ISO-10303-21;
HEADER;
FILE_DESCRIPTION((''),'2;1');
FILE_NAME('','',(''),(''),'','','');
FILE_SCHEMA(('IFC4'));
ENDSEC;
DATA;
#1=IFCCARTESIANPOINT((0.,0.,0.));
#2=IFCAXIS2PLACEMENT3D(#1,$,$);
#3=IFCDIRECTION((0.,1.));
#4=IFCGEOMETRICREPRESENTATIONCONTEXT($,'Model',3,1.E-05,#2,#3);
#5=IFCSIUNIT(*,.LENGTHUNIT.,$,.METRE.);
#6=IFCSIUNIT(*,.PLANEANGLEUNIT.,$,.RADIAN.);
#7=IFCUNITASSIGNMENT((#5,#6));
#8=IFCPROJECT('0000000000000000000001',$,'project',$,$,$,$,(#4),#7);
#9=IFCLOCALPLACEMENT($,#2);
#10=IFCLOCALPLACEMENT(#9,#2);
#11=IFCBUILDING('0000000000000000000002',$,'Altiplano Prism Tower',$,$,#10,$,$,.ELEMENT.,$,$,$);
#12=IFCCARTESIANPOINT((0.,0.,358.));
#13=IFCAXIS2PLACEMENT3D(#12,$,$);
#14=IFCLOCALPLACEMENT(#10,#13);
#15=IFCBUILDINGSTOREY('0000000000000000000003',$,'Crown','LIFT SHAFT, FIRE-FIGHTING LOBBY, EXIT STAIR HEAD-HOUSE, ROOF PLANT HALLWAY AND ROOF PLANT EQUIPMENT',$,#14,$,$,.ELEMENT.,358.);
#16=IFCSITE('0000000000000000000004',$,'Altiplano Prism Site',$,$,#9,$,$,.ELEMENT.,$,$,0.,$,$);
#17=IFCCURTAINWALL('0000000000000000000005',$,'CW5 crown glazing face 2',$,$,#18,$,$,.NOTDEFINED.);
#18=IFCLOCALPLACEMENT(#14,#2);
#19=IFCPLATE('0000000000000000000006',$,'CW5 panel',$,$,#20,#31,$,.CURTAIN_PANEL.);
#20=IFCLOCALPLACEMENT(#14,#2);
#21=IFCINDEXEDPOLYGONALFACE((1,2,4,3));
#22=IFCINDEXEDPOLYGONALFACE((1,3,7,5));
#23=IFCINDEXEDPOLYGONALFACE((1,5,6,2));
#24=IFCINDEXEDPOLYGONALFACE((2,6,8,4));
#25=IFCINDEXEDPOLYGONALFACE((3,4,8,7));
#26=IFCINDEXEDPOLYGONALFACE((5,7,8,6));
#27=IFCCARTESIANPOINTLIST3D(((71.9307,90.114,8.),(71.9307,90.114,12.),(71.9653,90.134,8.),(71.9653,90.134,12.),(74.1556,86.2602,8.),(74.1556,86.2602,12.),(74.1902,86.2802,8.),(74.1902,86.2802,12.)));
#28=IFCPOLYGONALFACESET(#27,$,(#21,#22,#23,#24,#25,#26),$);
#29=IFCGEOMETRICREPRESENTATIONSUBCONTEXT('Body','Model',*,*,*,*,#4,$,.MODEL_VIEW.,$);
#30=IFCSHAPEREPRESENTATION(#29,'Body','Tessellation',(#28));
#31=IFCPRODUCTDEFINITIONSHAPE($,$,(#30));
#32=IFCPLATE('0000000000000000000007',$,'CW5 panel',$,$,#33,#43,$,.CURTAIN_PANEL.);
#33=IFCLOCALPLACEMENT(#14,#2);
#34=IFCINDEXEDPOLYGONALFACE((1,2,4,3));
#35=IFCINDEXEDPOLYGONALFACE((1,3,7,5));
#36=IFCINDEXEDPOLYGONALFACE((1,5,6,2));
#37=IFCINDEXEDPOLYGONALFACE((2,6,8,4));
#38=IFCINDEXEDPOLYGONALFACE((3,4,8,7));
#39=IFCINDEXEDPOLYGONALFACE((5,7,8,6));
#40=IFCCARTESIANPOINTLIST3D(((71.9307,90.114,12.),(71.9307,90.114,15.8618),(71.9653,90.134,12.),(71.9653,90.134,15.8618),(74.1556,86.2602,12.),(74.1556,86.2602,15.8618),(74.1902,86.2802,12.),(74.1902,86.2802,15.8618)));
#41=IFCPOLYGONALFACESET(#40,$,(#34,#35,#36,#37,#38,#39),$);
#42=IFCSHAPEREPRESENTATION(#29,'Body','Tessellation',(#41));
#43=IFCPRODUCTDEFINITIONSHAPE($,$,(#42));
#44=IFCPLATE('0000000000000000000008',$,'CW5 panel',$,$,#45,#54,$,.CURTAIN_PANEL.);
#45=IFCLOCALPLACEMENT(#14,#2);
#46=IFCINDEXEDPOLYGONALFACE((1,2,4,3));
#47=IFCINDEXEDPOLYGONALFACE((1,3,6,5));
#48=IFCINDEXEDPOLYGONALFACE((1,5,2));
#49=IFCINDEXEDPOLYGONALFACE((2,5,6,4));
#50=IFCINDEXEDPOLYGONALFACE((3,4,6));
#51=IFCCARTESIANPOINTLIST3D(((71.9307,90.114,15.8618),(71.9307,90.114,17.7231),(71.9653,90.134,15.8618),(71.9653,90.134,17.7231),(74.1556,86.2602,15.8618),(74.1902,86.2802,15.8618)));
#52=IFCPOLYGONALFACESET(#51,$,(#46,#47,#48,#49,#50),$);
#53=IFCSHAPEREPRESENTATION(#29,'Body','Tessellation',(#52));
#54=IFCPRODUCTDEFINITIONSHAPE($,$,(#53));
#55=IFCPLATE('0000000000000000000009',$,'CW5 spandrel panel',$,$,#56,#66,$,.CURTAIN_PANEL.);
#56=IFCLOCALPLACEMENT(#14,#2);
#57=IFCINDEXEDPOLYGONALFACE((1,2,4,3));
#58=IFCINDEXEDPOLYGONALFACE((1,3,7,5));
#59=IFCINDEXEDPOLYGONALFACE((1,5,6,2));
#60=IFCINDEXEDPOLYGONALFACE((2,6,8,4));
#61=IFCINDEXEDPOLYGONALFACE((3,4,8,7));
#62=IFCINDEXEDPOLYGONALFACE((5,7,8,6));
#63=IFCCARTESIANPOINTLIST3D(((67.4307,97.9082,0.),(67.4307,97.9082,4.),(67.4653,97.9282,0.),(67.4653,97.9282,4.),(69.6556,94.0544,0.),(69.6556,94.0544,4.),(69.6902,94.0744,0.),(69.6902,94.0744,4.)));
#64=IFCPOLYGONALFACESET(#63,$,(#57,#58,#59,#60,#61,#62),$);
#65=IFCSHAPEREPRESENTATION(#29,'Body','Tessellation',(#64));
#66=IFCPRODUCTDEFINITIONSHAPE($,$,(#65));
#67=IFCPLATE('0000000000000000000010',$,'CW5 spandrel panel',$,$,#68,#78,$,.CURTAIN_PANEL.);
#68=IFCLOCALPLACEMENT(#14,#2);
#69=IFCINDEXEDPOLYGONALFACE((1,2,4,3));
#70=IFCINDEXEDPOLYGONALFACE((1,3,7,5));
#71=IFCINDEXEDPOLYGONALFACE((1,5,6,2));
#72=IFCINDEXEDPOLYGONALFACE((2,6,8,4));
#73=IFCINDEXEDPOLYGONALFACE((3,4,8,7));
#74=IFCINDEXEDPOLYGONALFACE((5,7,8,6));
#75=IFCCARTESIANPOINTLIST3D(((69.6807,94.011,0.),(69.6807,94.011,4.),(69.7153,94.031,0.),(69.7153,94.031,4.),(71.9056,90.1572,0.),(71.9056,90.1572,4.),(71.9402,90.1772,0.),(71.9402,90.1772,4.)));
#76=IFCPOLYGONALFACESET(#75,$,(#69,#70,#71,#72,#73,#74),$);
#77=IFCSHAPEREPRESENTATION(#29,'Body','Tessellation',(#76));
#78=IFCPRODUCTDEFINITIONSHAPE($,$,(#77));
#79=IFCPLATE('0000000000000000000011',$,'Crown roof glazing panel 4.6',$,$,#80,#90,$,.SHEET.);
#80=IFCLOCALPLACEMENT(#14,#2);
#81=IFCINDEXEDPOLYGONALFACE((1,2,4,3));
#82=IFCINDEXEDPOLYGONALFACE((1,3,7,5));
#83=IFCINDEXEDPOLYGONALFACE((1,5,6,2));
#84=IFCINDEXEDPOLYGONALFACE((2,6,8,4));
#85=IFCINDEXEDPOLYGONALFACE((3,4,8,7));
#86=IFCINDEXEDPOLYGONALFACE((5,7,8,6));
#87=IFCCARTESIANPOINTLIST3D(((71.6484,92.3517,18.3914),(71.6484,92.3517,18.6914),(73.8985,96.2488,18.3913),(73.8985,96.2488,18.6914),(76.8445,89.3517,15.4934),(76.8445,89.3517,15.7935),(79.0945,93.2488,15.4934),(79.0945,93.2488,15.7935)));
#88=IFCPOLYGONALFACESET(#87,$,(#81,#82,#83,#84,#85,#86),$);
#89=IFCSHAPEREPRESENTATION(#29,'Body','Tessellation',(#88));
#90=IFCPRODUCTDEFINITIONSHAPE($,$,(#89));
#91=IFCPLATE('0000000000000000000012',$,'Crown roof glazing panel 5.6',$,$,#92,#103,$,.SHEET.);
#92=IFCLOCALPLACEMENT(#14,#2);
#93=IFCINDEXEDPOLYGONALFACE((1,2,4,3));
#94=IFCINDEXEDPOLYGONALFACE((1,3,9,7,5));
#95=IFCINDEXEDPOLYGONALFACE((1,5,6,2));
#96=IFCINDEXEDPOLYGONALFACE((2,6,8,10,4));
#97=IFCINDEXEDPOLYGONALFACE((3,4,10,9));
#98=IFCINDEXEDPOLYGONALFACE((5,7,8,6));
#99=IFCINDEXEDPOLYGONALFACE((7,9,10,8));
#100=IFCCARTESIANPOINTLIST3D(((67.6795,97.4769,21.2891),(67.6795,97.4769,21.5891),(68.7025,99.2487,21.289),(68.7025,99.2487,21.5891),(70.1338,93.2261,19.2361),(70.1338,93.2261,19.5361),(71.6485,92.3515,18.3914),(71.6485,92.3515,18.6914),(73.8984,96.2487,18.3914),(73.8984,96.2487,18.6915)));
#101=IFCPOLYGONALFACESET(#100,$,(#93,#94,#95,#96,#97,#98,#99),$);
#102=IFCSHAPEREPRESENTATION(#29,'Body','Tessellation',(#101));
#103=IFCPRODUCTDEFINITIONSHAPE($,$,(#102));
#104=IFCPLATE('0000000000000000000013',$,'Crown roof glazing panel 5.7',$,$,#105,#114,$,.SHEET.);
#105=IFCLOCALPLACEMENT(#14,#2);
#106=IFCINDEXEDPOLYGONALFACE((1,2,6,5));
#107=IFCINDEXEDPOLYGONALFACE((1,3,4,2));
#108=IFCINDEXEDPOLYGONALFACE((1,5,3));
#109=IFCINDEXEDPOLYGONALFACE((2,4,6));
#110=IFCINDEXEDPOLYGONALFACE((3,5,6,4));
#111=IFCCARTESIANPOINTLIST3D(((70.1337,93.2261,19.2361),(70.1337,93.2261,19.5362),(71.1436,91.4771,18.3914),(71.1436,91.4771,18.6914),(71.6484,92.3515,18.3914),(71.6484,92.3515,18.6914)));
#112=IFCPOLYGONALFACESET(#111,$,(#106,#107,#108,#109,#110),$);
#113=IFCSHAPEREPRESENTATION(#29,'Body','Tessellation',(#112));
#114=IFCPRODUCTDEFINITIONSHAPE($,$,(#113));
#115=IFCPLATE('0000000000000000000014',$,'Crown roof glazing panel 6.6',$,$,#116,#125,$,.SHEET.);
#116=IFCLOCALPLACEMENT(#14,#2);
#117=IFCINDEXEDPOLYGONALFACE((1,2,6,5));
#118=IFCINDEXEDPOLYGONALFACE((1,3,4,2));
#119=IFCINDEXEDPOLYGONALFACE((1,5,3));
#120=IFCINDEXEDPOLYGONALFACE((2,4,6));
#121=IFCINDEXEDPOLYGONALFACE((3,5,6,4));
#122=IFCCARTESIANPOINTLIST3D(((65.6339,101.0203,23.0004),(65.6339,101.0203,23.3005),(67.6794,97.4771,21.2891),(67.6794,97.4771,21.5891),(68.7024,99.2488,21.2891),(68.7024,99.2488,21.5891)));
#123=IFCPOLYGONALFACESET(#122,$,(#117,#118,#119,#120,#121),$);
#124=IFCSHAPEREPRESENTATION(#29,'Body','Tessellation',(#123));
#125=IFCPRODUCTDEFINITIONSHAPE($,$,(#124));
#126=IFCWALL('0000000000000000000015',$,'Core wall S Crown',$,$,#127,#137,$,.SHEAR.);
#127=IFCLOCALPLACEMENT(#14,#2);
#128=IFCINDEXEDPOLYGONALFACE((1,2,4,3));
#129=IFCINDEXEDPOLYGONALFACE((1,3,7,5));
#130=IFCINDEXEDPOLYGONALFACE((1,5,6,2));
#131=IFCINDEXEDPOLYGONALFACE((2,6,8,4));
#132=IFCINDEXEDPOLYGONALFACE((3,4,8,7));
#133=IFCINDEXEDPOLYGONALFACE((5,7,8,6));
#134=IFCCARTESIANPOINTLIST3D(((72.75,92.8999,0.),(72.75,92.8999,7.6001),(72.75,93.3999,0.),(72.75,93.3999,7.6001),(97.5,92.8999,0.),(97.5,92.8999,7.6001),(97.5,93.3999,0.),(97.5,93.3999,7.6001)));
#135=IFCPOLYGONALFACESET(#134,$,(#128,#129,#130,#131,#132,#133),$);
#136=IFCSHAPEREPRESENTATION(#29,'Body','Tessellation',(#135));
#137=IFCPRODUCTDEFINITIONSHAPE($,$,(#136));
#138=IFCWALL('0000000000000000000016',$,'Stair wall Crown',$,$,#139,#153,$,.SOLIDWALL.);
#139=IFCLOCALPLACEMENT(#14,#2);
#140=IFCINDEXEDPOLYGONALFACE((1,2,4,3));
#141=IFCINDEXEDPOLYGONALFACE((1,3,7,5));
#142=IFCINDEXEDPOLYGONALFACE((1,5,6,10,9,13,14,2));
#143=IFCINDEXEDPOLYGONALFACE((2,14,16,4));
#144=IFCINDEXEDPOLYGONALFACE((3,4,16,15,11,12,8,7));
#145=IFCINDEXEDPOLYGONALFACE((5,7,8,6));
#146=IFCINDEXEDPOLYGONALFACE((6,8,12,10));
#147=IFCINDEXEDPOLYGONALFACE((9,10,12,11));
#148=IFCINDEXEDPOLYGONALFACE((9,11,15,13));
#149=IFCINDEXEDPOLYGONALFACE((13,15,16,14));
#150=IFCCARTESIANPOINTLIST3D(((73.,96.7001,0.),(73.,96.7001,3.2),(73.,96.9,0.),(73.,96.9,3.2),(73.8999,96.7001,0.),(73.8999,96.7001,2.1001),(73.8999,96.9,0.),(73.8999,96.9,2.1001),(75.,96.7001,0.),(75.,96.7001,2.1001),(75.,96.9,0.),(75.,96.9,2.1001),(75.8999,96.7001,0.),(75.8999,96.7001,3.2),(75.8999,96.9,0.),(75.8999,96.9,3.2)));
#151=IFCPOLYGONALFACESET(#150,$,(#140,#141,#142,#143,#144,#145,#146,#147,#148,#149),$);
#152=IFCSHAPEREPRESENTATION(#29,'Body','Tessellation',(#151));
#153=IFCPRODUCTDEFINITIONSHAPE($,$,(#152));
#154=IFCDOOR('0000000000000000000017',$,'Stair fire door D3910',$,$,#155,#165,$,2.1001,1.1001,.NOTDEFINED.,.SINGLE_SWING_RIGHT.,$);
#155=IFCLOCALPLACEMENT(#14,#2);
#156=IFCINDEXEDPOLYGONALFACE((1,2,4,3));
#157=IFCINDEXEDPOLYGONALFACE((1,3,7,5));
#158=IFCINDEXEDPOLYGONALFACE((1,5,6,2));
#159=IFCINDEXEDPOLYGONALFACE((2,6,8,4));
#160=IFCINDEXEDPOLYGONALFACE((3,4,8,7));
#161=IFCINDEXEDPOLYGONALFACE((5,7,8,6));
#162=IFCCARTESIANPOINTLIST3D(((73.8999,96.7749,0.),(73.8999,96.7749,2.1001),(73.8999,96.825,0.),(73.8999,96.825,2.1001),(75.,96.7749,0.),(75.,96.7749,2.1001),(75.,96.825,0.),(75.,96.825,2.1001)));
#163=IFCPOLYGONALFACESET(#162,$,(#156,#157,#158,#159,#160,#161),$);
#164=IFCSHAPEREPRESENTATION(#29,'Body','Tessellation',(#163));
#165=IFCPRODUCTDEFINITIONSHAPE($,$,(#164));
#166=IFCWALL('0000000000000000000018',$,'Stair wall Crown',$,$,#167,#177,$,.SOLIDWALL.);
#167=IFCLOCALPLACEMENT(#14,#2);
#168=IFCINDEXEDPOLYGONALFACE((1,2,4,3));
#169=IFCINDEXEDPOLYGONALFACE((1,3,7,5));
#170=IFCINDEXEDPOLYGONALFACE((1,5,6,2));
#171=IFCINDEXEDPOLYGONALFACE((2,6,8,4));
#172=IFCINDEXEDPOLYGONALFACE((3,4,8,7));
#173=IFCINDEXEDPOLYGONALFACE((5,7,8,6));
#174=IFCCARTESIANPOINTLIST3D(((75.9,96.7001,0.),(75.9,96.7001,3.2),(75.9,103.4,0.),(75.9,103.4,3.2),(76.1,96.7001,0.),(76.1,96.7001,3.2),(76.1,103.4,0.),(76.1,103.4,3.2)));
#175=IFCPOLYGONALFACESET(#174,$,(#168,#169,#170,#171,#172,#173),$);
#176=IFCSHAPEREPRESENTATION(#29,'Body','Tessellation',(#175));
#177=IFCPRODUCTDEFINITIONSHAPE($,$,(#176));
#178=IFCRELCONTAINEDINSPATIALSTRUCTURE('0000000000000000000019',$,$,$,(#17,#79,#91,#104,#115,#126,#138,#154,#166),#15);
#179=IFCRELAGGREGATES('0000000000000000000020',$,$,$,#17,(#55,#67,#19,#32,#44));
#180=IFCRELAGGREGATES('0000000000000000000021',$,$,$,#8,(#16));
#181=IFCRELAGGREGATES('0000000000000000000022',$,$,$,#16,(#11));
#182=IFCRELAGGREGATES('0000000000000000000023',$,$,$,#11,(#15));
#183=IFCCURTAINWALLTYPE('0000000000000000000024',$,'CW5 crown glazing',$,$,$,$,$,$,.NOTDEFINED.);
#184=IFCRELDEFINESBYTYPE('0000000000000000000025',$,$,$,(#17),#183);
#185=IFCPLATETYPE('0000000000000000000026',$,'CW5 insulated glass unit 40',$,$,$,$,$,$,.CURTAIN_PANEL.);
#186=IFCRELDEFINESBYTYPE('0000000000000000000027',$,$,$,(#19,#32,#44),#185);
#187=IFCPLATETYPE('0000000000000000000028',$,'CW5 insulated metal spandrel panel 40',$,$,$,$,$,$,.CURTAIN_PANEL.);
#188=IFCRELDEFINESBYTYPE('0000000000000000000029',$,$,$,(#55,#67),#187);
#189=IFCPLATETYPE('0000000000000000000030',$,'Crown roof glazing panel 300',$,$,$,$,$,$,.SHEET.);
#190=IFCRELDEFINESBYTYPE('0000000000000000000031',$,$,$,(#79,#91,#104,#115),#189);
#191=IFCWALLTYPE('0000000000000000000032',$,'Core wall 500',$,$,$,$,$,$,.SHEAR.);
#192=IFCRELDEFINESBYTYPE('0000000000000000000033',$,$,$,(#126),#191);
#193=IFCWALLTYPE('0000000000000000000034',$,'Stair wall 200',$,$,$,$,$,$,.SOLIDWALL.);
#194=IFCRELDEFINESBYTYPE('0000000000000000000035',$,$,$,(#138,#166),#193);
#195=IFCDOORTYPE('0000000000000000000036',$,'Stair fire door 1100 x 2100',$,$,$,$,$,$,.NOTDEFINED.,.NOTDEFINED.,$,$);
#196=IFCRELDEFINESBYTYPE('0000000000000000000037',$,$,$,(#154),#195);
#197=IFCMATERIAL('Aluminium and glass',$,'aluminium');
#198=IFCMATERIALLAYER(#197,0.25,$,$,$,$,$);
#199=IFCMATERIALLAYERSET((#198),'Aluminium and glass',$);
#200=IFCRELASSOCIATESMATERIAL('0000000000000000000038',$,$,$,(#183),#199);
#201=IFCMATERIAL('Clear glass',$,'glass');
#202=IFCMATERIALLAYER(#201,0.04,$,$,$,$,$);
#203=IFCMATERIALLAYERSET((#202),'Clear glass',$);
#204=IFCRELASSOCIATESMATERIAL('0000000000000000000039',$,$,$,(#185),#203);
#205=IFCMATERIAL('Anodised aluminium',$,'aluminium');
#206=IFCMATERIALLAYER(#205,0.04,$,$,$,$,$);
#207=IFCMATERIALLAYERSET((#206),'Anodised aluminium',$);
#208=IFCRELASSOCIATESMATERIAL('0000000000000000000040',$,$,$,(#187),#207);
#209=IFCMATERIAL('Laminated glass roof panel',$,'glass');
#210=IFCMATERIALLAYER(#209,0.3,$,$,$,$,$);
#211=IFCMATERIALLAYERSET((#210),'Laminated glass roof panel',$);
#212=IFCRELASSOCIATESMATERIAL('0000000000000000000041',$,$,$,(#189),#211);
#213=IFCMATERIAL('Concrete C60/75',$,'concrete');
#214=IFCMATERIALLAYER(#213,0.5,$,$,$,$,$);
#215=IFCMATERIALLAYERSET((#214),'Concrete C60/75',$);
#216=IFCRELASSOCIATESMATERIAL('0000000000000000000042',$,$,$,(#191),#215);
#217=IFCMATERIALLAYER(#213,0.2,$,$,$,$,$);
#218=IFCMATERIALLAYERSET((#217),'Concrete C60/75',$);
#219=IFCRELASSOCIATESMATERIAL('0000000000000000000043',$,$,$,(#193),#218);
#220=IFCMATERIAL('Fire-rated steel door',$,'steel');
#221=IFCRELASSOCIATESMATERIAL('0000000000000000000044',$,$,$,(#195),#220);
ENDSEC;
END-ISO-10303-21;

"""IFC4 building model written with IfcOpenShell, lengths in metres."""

from ifc_helpers import new_model, si_unit, direction, frame, frame_2d, origin, place, context, subcontext, project, spatial, polyline, rectangle, outline, extrude, material, layer, layer_set, type_object, element, fill, aggregate, save


model = new_model("IFC4")

# Units and contexts
model_context = context("Model", 3, precision=1e-05, world=origin(), true_north=direction((0.0, 1.0)))
body_context = subcontext(model_context, "Body", "Model", "MODEL_VIEW")
ifc_project = project(units=[si_unit("LENGTHUNIT", "METRE"), si_unit("PLANEANGLEUNIT", "RADIAN")], contexts=[model_context])

# Site, building, storey
site_placement = place(None, origin())
site = spatial("IfcSite", under=ifc_project, at=site_placement, Name="Altiplano Prism Site", CompositionType="ELEMENT", RefElevation=0.0)
building_placement = place(site_placement, origin())
building = spatial("IfcBuilding", under=site, at=building_placement, Name="Altiplano Prism Tower", CompositionType="ELEMENT")
storey_placement = place(building_placement, frame((0.0, 0.0, 358.0)))
storey = spatial("IfcBuildingStorey", under=building, at=storey_placement, Name="Crown", Description="LIFT SHAFT, FIRE-FIGHTING LOBBY, EXIT STAIR HEAD-HOUSE, ROOF PLANT HALLWAY AND ROOF PLANT EQUIPMENT", CompositionType="ELEMENT", Elevation=358.0)

# Curtain wall
ifc_material_1 = material(Name="Aluminium and glass", Category="aluminium")
ifc_layer_1 = layer(ifc_material_1, 0.25)
ifc_layer_set_1 = layer_set([ifc_layer_1], Name="Aluminium and glass")
curtain_wall_type = type_object("IfcCurtainWallType", Name="CW5 crown glazing", PredefinedType="NOTDEFINED", material=ifc_layer_set_1)
curtain_wall_placement = place(storey_placement, origin())
curtain_wall = element("IfcCurtainWall", 1, at=curtain_wall_placement, inside=storey, type_object=curtain_wall_type, Name="CW5 crown glazing face 2", PredefinedType="NOTDEFINED")

# Plates
ifc_material_2 = material(Name="Clear glass", Category="glass")
ifc_layer_2 = layer(ifc_material_2, 0.04)
ifc_layer_set_2 = layer_set([ifc_layer_2], Name="Clear glass")
plate_type_1 = type_object("IfcPlateType", Name="CW5 insulated glass unit 40", PredefinedType="CURTAIN_PANEL", material=ifc_layer_set_2)
plate_1_placement = place(storey_placement, frame((71.9307, 90.114, 8.0), z_axis=(-0.866037, -0.49998, 0.0), x_axis=(0.49998, -0.866037, 0.0)))
plate_1 = element("IfcPlate", 2, at=plate_1_placement, type_object=plate_type_1, Name="CW5 panel", PredefinedType="CURTAIN_PANEL", context=body_context, shape_type="SweptSolid", body=[
    extrude(outline(polyline([(0.0, 0.0), (4.45, 0.0), (4.45, 4.0), (0.0, 4.0), (0.0, 0.0)])), origin(), (0.0, 0.0, -1.0), 0.04),
])
plate_2_placement = place(storey_placement, frame((71.9307, 90.114, 12.0), z_axis=(-0.866037, -0.49998, 0.0), x_axis=(0.49998, -0.866037, 0.0)))
plate_2 = element("IfcPlate", 3, at=plate_2_placement, type_object=plate_type_1, Name="CW5 panel", PredefinedType="CURTAIN_PANEL", context=body_context, shape_type="SweptSolid", body=[
    extrude(outline(polyline([(0.0, 0.0), (4.45, 0.0), (4.45, 3.8618), (0.0, 3.8618), (0.0, 0.0)])), origin(), (0.0, 0.0, -1.0), 0.04),
])
plate_3_placement = place(storey_placement, frame((71.9307, 90.114, 17.7231), z_axis=(-0.866037, -0.49998, 0.0), x_axis=(0.0, 0.0, -1.0)))
plate_3 = element("IfcPlate", 4, at=plate_3_placement, type_object=plate_type_1, Name="CW5 panel", PredefinedType="CURTAIN_PANEL", context=body_context, shape_type="SweptSolid", body=[
    extrude(outline(polyline([(0.0, 0.0), (1.8613, 0.0), (1.8613, 4.45), (0.0, 0.0)])), origin(), (0.0, 0.0, -1.0), 0.04),
])
ifc_material_3 = material(Name="Anodised aluminium", Category="aluminium")
ifc_layer_3 = layer(ifc_material_3, 0.04)
ifc_layer_set_3 = layer_set([ifc_layer_3], Name="Anodised aluminium")
plate_type_2 = type_object("IfcPlateType", Name="CW5 insulated metal spandrel panel 40", PredefinedType="CURTAIN_PANEL", material=ifc_layer_set_3)
plate_4_placement = place(storey_placement, frame((67.4307, 97.9082, 0.0), z_axis=(-0.866037, -0.49998, 0.0), x_axis=(0.49998, -0.866037, 0.0)))
plate_4 = element("IfcPlate", 5, at=plate_4_placement, type_object=plate_type_2, Name="CW5 spandrel panel", PredefinedType="CURTAIN_PANEL", context=body_context, shape_type="SweptSolid", body=[
    extrude(outline(polyline([(0.0, 0.0), (4.45, 0.0), (4.45, 4.0), (0.0, 4.0), (0.0, 0.0)])), origin(), (0.0, 0.0, -1.0), 0.04),
])
plate_5_placement = place(storey_placement, frame((69.6807, 94.011, 0.0), z_axis=(-0.866037, -0.49998, 0.0), x_axis=(0.49998, -0.866037, 0.0)))
plate_5 = element("IfcPlate", 6, at=plate_5_placement, type_object=plate_type_2, Name="CW5 spandrel panel", PredefinedType="CURTAIN_PANEL", context=body_context, shape_type="SweptSolid", body=[
    extrude(outline(polyline([(0.0, 0.0), (4.45, 0.0), (4.45, 4.0), (0.0, 4.0), (0.0, 0.0)])), origin(), (0.0, 0.0, -1.0), 0.04),
])
aggregate(curtain_wall, [plate_4, plate_5, plate_1, plate_2, plate_3])

# Plates
ifc_material_4 = material(Name="Laminated glass roof panel", Category="glass")
ifc_layer_4 = layer(ifc_material_4, 0.3)
ifc_layer_set_4 = layer_set([ifc_layer_4], Name="Laminated glass roof panel")
plate_type_3 = type_object("IfcPlateType", Name="Crown roof glazing panel 300", PredefinedType="SHEET", material=ifc_layer_set_4)
plate_6_placement = place(storey_placement, frame((79.0945, 93.2488, 15.7935), z_axis=(0.376658, -0.217458, 0.900467), x_axis=(-0.779823, 0.45024, 0.434925)))
element("IfcPlate", 7, at=plate_6_placement, inside=storey, type_object=plate_type_3, Name="Crown roof glazing panel 4.6", PredefinedType="SHEET", context=body_context, shape_type="SweptSolid", body=[
    extrude(outline(polyline([(0.0, 0.0), (6.6631, 0.0), (6.6631, 4.5), (0.0, 4.5), (0.0, 0.0)])), origin(), (-0.434925, -0.000008, -0.900467), 0.3),
])
plate_7_placement = place(storey_placement, frame((70.1338, 93.2261, 19.5361), z_axis=(0.376634, -0.217441, 0.900481), x_axis=(0.779833, -0.450252, -0.434894)))
element("IfcPlate", 8, at=plate_7_placement, inside=storey, type_object=plate_type_3, Name="Crown roof glazing panel 5.6", PredefinedType="SHEET", context=body_context, shape_type="SweptSolid", body=[
    extrude(outline(polyline([(0.0, 0.0), (1.9424, 0.0), (1.9421, 4.5), (-4.7207, 4.5), (-4.7207, 2.4541), (0.0, 0.0)])), origin(), (0.434894, 0.000013, -0.900481), 0.3),
])
plate_8_placement = place(storey_placement, frame((71.1436, 91.4771, 18.6914), z_axis=(0.376648, -0.217451, 0.900473), x_axis=(0.499988, 0.866033, 0.0)))
element("IfcPlate", 9, at=plate_8_placement, inside=storey, type_object=plate_type_3, Name="Crown roof glazing panel 5.7", PredefinedType="SHEET", context=body_context, shape_type="SweptSolid", body=[
    extrude(outline(polyline([(0.0, 0.0), (1.0098, 0.0), (1.0098, 1.9424), (0.0, 0.0)])), origin(), (0.0, -0.434913, -0.900473), 0.3),
])
plate_9_placement = place(storey_placement, frame((67.6794, 97.4771, 21.5891), z_axis=(0.376661, -0.217474, 0.900462), x_axis=(0.500015, 0.866017, 0.0)))
element("IfcPlate", 10, at=plate_9_placement, inside=storey, type_object=plate_type_3, Name="Crown roof glazing panel 6.6", PredefinedType="SHEET", context=body_context, shape_type="SweptSolid", body=[
    extrude(outline(polyline([(0.0, 0.0), (2.0459, 0.0), (2.0457, 3.9348), (0.0, 0.0)])), origin(), (0.0, -0.434935, -0.900462), 0.3),
])

# Wall
ifc_material_5 = material(Name="Concrete C60/75", Category="concrete")
ifc_layer_5 = layer(ifc_material_5, 0.5)
ifc_layer_set_5 = layer_set([ifc_layer_5], Name="Concrete C60/75")
wall_type_1 = type_object("IfcWallType", Name="Core wall 500", PredefinedType="SHEAR", material=ifc_layer_set_5)
wall_1_placement = place(storey_placement, frame((72.75, 93.1499, 0.0), z_axis=(0.0, 0.0, 1.0), x_axis=(1.0, 0.0, 0.0)))
element("IfcWall", 11, at=wall_1_placement, inside=storey, type_object=wall_type_1, Name="Core wall S Crown", PredefinedType="SHEAR", context=body_context, shape_type="SweptSolid", body=[
    extrude(rectangle(XDim=24.75, YDim=0.5, at=frame_2d((12.375, 0.0))), origin(), (0.0, 0.0, 1.0), 7.6001),
])

# Wall, opening, door
ifc_layer_6 = layer(ifc_material_5, 0.2)
ifc_layer_set_6 = layer_set([ifc_layer_6], Name="Concrete C60/75")
wall_type_2 = type_object("IfcWallType", Name="Stair wall 200", PredefinedType="SOLIDWALL", material=ifc_layer_set_6)
wall_2_placement = place(storey_placement, frame((73.0, 96.8, 0.0), z_axis=(0.0, 0.0, 1.0), x_axis=(1.0, 0.0, 0.0)))
wall_2 = element("IfcWall", 12, at=wall_2_placement, inside=storey, type_object=wall_type_2, Name="Stair wall Crown", PredefinedType="SOLIDWALL", context=body_context, shape_type="SweptSolid", body=[
    extrude(rectangle(XDim=2.8999, YDim=0.2, at=frame_2d((1.45, 0.0))), origin(), (0.0, 0.0, 1.0), 3.2),
])
opening_placement = place(wall_2_placement, frame((0.8999, 0.0, 0.0)))
opening = element("IfcOpeningElement", 13, at=opening_placement, cuts=wall_2, PredefinedType="OPENING", context=body_context, shape_type="SweptSolid", body=[
    extrude(rectangle(XDim=1.1001, YDim=2.1001, at=frame_2d((0.55, 1.05))), frame((0.0, 0.1104, 0.0), z_axis=(0.0, -1.0, 0.0), x_axis=(1.0, 0.0, 0.0)), (0.0, 0.0, 1.0), 0.2209),
])
ifc_material_6 = material(Name="Fire-rated steel door", Category="steel")
door_type = type_object("IfcDoorType", Name="Stair fire door 1100 x 2100", OperationType="NOTDEFINED", PredefinedType="NOTDEFINED", material=ifc_material_6)
door_placement = place(opening_placement, origin())
door = element("IfcDoor", 14, at=door_placement, inside=storey, type_object=door_type, Name="Stair fire door D3910", OperationType="SINGLE_SWING_RIGHT", OverallHeight=2.1001, OverallWidth=1.1001, PredefinedType="NOTDEFINED", context=body_context, shape_type="SweptSolid", body=[
    extrude(rectangle(XDim=1.1001, YDim=2.1001, at=frame_2d((0.55, 1.05))), frame((0.0, 0.0249, 0.0), z_axis=(0.0, -1.0, 0.0), x_axis=(1.0, 0.0, 0.0)), (0.0, 0.0, 1.0), 0.05),
])
fill(opening, door)

# Wall
wall_3_placement = place(storey_placement, frame((76.0, 96.7, 0.0), z_axis=(0.0, 0.0, 1.0), x_axis=(0.0, 1.0, 0.0)))
element("IfcWall", 15, at=wall_3_placement, inside=storey, type_object=wall_type_2, Name="Stair wall Crown", PredefinedType="SOLIDWALL", context=body_context, shape_type="SweptSolid", body=[
    extrude(rectangle(XDim=6.7, YDim=0.2, at=frame_2d((3.3501, 0.0))), origin(), (0.0, 0.0, 1.0), 3.2),
])

save(model, "model.ifc")
